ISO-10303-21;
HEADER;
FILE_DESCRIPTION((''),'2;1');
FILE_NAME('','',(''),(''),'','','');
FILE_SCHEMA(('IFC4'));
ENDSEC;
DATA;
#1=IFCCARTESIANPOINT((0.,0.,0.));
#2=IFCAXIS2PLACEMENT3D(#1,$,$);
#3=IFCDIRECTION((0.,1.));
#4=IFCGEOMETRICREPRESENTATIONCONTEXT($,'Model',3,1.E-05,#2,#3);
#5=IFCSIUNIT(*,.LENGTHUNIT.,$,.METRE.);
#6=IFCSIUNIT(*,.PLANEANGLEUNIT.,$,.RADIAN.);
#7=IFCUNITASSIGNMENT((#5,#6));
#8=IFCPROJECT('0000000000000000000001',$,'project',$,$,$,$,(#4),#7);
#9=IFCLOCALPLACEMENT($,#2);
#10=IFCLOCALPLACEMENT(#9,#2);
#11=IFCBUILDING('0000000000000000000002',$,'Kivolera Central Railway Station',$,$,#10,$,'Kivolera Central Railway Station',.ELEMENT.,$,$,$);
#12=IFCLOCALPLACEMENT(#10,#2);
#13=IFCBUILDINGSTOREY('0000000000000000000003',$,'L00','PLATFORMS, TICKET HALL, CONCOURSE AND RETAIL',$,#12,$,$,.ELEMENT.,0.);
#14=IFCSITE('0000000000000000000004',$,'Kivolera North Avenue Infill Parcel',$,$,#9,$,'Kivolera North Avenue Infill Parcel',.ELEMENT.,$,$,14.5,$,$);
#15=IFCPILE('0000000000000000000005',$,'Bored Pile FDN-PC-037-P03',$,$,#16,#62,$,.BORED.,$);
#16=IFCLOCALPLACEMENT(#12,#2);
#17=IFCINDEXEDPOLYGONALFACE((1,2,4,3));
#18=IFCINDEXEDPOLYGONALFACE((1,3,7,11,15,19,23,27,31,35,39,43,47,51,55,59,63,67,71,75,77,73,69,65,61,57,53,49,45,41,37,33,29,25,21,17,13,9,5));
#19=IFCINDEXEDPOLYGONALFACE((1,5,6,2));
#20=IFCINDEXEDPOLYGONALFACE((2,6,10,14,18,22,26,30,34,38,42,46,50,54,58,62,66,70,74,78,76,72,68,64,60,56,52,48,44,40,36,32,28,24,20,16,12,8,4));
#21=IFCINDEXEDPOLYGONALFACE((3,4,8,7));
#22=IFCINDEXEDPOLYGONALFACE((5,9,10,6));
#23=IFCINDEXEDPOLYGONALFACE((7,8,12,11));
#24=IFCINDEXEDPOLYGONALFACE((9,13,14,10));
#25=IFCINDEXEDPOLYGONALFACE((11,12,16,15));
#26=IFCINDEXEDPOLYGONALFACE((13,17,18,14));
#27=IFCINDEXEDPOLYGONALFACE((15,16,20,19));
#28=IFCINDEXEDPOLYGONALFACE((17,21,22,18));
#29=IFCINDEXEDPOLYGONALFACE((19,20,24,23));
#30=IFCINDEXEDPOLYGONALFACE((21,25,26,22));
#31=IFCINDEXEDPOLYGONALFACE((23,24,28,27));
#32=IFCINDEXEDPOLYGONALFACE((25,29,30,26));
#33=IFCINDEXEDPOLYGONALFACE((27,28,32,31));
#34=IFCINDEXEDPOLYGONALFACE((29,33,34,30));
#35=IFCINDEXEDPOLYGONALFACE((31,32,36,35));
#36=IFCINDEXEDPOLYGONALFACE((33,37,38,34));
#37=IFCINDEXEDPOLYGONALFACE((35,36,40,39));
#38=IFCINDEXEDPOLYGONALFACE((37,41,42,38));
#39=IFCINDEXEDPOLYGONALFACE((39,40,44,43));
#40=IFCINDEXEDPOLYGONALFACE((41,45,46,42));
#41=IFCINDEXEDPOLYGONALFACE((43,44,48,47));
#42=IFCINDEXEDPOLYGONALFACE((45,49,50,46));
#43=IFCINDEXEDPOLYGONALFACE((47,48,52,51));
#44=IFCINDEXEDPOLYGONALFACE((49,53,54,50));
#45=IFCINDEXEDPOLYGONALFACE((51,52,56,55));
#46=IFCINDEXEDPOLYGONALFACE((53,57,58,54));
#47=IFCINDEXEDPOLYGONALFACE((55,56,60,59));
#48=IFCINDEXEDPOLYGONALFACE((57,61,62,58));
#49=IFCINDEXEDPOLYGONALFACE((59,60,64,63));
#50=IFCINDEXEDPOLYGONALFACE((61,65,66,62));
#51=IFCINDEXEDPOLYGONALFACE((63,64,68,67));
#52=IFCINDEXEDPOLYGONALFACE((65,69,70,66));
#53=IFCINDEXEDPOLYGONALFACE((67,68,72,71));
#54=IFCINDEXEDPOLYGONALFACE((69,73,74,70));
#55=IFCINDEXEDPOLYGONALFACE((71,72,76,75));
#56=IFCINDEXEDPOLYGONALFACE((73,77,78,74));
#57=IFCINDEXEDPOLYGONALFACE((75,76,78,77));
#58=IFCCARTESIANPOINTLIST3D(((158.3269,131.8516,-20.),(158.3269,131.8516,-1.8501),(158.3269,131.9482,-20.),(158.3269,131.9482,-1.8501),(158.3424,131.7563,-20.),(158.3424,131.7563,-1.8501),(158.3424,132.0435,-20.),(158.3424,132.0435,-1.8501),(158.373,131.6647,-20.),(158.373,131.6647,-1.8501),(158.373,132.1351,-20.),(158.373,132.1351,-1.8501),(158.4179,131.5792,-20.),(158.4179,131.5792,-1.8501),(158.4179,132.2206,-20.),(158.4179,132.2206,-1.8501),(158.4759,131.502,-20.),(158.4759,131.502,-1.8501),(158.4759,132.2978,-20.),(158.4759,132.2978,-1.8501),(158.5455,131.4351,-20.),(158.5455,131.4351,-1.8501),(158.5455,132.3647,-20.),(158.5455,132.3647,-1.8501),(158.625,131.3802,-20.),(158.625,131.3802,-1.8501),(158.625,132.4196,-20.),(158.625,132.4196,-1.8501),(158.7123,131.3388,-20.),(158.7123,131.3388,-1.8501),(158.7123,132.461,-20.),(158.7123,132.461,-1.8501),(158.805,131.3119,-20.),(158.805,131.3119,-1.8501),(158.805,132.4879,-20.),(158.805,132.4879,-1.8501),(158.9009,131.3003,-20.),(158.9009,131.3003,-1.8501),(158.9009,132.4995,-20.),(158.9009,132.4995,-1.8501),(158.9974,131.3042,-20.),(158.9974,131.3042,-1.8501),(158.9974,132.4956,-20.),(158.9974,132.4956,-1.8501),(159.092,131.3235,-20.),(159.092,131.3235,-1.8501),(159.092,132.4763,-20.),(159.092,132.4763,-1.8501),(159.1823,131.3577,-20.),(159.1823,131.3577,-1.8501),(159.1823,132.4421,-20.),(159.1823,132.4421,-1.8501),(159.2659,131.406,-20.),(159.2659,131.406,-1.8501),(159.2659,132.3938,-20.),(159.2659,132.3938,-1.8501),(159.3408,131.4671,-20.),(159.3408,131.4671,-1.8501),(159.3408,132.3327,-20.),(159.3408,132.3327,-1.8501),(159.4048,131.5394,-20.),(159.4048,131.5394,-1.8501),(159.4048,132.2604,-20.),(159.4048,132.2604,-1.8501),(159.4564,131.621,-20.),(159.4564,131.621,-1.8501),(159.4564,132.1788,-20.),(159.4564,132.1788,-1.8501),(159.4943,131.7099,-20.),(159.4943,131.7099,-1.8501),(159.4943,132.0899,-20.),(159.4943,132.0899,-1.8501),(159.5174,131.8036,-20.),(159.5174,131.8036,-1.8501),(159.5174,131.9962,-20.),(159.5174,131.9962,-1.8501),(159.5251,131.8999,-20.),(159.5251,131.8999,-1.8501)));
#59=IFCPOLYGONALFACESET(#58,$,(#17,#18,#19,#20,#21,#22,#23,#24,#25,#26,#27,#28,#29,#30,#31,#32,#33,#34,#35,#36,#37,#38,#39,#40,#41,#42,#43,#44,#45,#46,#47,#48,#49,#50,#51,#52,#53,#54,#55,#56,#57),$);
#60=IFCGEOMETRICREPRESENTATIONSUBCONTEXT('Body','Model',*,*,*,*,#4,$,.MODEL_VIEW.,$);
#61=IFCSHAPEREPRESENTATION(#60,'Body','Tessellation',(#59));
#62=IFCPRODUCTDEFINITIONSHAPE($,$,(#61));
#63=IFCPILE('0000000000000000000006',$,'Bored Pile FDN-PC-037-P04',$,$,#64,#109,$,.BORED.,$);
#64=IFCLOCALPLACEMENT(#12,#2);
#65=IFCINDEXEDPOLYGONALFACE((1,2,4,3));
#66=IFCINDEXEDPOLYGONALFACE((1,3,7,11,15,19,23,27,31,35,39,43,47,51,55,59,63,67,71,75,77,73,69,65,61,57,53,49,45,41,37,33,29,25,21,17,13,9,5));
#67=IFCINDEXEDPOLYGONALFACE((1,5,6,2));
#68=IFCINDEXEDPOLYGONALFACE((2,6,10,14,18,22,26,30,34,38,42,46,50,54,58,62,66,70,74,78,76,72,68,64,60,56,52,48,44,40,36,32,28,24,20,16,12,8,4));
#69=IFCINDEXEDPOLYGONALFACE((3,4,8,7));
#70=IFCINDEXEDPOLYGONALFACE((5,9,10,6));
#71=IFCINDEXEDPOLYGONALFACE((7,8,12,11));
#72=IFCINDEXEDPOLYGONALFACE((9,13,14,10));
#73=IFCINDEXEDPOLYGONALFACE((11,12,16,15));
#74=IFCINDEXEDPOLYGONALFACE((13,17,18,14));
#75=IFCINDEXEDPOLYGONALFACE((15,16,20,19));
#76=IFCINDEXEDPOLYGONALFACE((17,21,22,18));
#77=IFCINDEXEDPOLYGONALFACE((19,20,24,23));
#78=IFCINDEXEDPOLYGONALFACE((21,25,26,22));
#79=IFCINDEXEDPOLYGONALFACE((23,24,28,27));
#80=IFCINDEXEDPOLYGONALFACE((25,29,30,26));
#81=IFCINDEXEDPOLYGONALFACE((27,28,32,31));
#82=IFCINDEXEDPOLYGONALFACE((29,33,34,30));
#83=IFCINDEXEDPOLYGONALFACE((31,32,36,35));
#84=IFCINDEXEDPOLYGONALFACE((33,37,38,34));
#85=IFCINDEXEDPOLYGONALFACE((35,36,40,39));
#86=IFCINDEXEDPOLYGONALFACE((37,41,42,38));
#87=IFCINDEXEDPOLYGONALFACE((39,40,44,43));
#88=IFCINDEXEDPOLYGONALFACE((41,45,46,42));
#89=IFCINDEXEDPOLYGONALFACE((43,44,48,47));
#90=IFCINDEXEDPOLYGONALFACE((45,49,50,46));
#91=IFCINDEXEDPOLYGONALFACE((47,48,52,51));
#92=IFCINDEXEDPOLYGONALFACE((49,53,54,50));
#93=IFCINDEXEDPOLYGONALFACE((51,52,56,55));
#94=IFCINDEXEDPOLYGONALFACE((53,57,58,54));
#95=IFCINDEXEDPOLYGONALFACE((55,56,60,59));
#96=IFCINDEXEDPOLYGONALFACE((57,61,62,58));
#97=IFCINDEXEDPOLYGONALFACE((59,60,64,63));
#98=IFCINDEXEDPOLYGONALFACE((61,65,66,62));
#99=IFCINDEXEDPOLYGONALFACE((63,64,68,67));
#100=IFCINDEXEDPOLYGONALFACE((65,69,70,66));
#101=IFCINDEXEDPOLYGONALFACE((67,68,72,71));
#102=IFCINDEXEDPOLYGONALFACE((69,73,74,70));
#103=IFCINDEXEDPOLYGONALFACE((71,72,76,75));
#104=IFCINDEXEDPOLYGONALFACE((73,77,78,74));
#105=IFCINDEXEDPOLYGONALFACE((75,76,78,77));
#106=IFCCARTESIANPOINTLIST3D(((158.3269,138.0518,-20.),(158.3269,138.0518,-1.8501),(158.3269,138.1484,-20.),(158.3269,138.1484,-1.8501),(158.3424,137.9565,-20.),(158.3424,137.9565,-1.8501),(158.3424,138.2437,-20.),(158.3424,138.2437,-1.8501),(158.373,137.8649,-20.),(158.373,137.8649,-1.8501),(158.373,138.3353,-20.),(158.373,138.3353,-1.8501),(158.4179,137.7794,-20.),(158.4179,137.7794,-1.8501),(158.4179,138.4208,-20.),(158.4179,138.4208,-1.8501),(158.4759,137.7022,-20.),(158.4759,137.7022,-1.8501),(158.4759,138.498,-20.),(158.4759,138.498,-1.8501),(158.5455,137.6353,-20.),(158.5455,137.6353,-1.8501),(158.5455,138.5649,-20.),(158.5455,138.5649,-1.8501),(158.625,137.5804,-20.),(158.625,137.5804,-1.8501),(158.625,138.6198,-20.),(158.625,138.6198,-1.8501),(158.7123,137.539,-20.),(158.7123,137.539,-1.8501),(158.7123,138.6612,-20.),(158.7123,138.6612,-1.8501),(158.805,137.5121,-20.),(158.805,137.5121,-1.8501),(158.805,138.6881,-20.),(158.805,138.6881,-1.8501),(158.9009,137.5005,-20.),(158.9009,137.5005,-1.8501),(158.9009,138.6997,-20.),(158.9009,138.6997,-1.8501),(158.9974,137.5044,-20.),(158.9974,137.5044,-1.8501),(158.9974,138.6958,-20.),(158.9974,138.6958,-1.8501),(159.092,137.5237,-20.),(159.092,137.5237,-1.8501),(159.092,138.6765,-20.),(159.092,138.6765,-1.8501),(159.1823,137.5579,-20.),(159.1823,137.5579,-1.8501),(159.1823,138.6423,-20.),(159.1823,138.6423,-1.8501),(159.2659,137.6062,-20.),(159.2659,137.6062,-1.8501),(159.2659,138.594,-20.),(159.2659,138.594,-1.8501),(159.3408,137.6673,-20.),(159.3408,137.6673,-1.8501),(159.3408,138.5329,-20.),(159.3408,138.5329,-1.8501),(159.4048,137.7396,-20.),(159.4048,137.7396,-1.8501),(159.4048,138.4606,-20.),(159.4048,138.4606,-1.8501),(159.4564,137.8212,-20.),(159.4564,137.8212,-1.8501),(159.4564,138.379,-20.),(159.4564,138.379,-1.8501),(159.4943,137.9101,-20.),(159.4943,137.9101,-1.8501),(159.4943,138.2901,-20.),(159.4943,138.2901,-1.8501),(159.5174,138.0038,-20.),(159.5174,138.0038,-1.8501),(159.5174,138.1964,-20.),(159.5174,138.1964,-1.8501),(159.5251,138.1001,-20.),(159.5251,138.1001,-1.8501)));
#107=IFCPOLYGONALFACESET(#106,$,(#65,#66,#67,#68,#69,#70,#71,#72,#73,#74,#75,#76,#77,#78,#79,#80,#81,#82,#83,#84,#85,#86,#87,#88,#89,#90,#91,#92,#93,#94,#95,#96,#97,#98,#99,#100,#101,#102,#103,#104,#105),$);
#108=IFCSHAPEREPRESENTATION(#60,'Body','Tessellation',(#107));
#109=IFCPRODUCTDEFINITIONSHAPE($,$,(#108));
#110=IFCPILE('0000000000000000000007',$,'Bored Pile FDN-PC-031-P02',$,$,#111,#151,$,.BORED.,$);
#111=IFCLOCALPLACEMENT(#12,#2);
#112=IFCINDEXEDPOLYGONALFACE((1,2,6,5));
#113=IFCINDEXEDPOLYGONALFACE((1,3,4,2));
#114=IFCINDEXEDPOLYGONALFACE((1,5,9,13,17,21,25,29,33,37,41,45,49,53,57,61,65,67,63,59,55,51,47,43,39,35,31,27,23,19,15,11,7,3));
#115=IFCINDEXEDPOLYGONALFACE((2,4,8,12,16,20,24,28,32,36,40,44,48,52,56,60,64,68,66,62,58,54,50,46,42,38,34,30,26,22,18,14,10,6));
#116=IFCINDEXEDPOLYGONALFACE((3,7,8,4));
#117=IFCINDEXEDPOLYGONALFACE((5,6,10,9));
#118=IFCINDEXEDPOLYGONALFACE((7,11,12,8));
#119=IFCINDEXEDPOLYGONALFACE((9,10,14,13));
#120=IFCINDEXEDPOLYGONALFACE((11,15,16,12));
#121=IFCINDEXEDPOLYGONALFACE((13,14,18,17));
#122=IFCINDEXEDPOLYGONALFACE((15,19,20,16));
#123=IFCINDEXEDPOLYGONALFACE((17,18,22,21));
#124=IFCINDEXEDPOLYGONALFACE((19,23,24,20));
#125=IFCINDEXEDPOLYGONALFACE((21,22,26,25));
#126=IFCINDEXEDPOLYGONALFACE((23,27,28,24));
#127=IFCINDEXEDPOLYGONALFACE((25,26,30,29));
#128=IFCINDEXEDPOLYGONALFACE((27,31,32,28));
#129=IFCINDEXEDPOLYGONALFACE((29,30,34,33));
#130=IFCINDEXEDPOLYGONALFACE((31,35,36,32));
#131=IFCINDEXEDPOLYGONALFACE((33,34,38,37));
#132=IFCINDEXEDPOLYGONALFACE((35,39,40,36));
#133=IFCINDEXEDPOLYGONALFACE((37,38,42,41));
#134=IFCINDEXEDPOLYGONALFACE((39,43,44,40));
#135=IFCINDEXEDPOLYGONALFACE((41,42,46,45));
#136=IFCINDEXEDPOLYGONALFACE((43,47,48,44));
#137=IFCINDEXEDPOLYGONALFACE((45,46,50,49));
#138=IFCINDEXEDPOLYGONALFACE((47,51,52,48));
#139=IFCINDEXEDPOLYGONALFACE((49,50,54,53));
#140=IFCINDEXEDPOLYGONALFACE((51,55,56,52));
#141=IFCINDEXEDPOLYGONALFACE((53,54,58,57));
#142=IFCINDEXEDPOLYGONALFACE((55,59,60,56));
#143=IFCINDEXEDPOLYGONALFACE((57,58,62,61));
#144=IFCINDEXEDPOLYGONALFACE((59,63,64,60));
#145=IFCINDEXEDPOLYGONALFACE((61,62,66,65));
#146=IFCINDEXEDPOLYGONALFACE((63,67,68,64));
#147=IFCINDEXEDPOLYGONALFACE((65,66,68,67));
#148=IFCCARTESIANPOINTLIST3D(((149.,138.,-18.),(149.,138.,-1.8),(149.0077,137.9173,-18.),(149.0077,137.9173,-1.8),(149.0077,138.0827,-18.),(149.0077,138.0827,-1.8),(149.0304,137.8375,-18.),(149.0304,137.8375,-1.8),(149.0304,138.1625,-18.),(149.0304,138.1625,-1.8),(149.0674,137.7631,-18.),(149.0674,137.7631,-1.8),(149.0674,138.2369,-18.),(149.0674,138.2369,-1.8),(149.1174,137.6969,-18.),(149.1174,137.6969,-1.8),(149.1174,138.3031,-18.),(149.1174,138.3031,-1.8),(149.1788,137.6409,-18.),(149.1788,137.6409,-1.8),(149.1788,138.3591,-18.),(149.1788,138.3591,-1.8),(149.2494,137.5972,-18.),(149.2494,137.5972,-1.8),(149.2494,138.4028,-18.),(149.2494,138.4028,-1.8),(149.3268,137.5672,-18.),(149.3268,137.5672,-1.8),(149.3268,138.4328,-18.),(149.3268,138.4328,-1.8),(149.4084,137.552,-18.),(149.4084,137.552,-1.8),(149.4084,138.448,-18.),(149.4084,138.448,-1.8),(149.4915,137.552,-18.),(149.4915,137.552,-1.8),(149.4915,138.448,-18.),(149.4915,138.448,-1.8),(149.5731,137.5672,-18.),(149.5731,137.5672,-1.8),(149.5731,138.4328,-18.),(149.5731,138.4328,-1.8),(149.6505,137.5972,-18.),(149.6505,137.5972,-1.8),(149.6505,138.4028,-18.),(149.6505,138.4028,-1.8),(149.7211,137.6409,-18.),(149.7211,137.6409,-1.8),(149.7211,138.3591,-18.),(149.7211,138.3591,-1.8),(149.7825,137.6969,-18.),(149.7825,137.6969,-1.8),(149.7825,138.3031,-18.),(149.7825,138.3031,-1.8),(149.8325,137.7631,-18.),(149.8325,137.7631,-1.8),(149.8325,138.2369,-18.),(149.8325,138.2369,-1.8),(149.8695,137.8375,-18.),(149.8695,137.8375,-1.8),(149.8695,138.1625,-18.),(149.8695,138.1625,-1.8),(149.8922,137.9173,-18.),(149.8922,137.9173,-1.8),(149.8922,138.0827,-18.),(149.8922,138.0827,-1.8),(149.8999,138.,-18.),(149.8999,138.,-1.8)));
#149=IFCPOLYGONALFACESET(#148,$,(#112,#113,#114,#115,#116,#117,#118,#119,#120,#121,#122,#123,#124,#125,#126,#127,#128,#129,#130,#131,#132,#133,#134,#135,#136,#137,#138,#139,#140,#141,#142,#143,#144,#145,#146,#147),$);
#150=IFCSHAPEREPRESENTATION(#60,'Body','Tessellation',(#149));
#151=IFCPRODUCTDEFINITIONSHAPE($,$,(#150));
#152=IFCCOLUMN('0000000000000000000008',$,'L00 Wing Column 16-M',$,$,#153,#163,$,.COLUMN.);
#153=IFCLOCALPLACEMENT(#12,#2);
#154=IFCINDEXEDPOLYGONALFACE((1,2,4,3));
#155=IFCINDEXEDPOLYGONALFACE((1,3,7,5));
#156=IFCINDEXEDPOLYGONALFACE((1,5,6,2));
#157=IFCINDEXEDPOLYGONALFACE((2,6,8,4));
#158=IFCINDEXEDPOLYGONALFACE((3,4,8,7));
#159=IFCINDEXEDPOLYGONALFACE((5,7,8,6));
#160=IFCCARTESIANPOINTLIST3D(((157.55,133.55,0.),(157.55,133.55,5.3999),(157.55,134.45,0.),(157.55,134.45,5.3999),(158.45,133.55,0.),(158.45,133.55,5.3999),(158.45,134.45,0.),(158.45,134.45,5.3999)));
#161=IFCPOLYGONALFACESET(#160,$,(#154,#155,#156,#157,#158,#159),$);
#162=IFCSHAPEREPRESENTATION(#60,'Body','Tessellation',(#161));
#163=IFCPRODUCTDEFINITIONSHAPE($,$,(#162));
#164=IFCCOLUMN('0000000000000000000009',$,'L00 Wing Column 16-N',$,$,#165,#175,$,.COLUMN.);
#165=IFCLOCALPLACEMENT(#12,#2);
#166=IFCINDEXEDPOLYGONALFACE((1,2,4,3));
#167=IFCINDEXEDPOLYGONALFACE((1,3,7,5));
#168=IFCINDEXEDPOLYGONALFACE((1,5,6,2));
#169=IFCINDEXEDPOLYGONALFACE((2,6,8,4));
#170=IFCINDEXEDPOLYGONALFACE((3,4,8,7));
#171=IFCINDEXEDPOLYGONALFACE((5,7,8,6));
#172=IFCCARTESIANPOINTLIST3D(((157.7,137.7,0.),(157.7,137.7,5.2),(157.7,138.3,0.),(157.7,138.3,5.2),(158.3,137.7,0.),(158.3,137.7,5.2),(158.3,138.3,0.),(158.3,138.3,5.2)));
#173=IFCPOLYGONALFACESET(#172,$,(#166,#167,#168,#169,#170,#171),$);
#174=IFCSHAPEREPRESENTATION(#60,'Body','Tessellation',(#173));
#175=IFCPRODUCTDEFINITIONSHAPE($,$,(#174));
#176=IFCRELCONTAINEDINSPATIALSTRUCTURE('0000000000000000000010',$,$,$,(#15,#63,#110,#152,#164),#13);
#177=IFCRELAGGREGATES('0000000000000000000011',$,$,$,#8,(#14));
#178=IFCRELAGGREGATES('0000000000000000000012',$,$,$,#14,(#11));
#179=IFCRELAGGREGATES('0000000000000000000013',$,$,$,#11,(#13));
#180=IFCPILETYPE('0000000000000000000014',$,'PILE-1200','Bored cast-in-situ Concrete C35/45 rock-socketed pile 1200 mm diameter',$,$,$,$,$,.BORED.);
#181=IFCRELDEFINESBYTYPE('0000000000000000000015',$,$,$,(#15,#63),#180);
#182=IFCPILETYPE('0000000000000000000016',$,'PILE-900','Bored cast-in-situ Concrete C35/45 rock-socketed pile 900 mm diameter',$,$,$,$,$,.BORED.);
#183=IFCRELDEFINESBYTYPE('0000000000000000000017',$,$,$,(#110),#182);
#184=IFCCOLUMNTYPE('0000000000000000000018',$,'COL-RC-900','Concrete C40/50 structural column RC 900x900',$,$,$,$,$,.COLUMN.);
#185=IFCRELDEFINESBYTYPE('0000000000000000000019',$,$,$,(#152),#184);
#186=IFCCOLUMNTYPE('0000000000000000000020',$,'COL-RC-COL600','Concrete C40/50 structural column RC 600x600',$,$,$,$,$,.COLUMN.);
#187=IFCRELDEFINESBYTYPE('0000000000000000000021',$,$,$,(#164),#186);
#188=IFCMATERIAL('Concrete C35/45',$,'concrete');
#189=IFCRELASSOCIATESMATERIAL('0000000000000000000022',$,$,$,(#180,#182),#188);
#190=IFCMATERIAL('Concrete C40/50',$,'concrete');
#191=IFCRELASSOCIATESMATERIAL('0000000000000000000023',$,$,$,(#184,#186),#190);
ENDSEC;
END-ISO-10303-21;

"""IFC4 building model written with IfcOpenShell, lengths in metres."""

from ifc_helpers import new_model, si_unit, direction, frame, origin, origin_2d, place, context, subcontext, project, spatial, rectangle, circle, extrude, material, material_profile, profile_set, type_object, element, save


model = new_model("IFC4")

# Units and contexts
model_context = context("Model", 3, precision=1e-05, world=origin(), true_north=direction((0.0, 1.0)))
body_context = subcontext(model_context, "Body", "Model", "MODEL_VIEW")
ifc_project = project(units=[si_unit("LENGTHUNIT", "METRE"), si_unit("PLANEANGLEUNIT", "RADIAN")], contexts=[model_context])

# Site, building, storey
site_placement = place(None, origin())
site = spatial("IfcSite", under=ifc_project, at=site_placement, Name="Kivolera North Avenue Infill Parcel", LongName="Kivolera North Avenue Infill Parcel", CompositionType="ELEMENT", RefElevation=14.5)
building_placement = place(site_placement, origin())
building = spatial("IfcBuilding", under=site, at=building_placement, Name="Kivolera Central Railway Station", LongName="Kivolera Central Railway Station", CompositionType="ELEMENT")
storey_placement = place(building_placement, origin())
storey = spatial("IfcBuildingStorey", under=building, at=storey_placement, Name="L00", Description="PLATFORMS, TICKET HALL, CONCOURSE AND RETAIL", CompositionType="ELEMENT", Elevation=0.0)

# Shared definitions
ifc_material_1 = material(Name="Concrete C35/45", Category="concrete")

# Piles
ifc_material_profile_1 = material_profile(ifc_material_1, circle(Radius=0.6001, at=origin_2d()), Name="PILE D1200")
ifc_profile_set_1 = profile_set([ifc_material_profile_1], Name="Concrete C35/45")
pile_type_1 = type_object("IfcPileType", Name="PILE-1200", Description="Bored cast-in-situ Concrete C35/45 rock-socketed pile 1200 mm diameter", PredefinedType="BORED", material=ifc_profile_set_1)
for number, where, z_axis, x_axis, name in (
    (1, (158.925, 131.8999, -1.8501), (0.0, 0.0, -1.0), (1.0, 0.0, 0.0), "Bored Pile FDN-PC-037-P03"),
    (2, (158.925, 138.1001, -1.8501), (0.0, 0.0, -1.0), (1.0, 0.0, 0.0), "Bored Pile FDN-PC-037-P04"),
):
    element("IfcPile", number, at=place(storey_placement, frame(where, z_axis=z_axis, x_axis=x_axis)), inside=storey, type_object=pile_type_1, Name=name, PredefinedType="BORED", context=body_context, shape_type="SweptSolid", body=[
        extrude(circle(Radius=0.6001, at=origin_2d()), origin(), (0.0, 0.0, 1.0), 18.1499),
    ])
ifc_material_profile_2 = material_profile(ifc_material_1, circle(Radius=0.45, at=origin_2d()), Name="PILE D900")
ifc_profile_set_2 = profile_set([ifc_material_profile_2], Name="Concrete C35/45")
pile_type_2 = type_object("IfcPileType", Name="PILE-900", Description="Bored cast-in-situ Concrete C35/45 rock-socketed pile 900 mm diameter", PredefinedType="BORED", material=ifc_profile_set_2)
pile_placement = place(storey_placement, frame((149.45, 138.0, -1.8), z_axis=(0.0, 0.0, -1.0), x_axis=(1.0, 0.0, 0.0)))
element("IfcPile", 3, at=pile_placement, inside=storey, type_object=pile_type_2, Name="Bored Pile FDN-PC-031-P02", PredefinedType="BORED", context=body_context, shape_type="SweptSolid", body=[
    extrude(circle(Radius=0.45, at=origin_2d()), origin(), (0.0, 0.0, 1.0), 16.2),
])

# Columns
ifc_material_2 = material(Name="Concrete C40/50", Category="concrete")
ifc_material_profile_3 = material_profile(ifc_material_2, rectangle(XDim=0.8999, YDim=0.8999, at=origin_2d()), Name="RC 900x900")
ifc_profile_set_3 = profile_set([ifc_material_profile_3], Name="Concrete C40/50")
column_type_1 = type_object("IfcColumnType", Name="COL-RC-900", Description="Concrete C40/50 structural column RC 900x900", PredefinedType="COLUMN", material=ifc_profile_set_3)
column_1_placement = place(storey_placement, frame((158.0, 134.0, 0.0), z_axis=(0.0, 0.0, 1.0), x_axis=(1.0, 0.0, 0.0)))
element("IfcColumn", 4, at=column_1_placement, inside=storey, type_object=column_type_1, Name="L00 Wing Column 16-M", PredefinedType="COLUMN", context=body_context, shape_type="SweptSolid", body=[
    extrude(rectangle(XDim=0.8999, YDim=0.8999, at=origin_2d()), origin(), (0.0, 0.0, 1.0), 5.3999),
])
ifc_material_profile_4 = material_profile(ifc_material_2, rectangle(XDim=0.6001, YDim=0.6001, at=origin_2d()), Name="RC 600x600")
ifc_profile_set_4 = profile_set([ifc_material_profile_4], Name="Concrete C40/50")
column_type_2 = type_object("IfcColumnType", Name="COL-RC-COL600", Description="Concrete C40/50 structural column RC 600x600", PredefinedType="COLUMN", material=ifc_profile_set_4)
column_2_placement = place(storey_placement, frame((158.0, 138.0, 0.0), z_axis=(0.0, 0.0, 1.0), x_axis=(1.0, 0.0, 0.0)))
element("IfcColumn", 5, at=column_2_placement, inside=storey, type_object=column_type_2, Name="L00 Wing Column 16-N", PredefinedType="COLUMN", context=body_context, shape_type="SweptSolid", body=[
    extrude(rectangle(XDim=0.6001, YDim=0.6001, at=origin_2d()), origin(), (0.0, 0.0, 1.0), 5.2),
])

save(model, "model.ifc")
